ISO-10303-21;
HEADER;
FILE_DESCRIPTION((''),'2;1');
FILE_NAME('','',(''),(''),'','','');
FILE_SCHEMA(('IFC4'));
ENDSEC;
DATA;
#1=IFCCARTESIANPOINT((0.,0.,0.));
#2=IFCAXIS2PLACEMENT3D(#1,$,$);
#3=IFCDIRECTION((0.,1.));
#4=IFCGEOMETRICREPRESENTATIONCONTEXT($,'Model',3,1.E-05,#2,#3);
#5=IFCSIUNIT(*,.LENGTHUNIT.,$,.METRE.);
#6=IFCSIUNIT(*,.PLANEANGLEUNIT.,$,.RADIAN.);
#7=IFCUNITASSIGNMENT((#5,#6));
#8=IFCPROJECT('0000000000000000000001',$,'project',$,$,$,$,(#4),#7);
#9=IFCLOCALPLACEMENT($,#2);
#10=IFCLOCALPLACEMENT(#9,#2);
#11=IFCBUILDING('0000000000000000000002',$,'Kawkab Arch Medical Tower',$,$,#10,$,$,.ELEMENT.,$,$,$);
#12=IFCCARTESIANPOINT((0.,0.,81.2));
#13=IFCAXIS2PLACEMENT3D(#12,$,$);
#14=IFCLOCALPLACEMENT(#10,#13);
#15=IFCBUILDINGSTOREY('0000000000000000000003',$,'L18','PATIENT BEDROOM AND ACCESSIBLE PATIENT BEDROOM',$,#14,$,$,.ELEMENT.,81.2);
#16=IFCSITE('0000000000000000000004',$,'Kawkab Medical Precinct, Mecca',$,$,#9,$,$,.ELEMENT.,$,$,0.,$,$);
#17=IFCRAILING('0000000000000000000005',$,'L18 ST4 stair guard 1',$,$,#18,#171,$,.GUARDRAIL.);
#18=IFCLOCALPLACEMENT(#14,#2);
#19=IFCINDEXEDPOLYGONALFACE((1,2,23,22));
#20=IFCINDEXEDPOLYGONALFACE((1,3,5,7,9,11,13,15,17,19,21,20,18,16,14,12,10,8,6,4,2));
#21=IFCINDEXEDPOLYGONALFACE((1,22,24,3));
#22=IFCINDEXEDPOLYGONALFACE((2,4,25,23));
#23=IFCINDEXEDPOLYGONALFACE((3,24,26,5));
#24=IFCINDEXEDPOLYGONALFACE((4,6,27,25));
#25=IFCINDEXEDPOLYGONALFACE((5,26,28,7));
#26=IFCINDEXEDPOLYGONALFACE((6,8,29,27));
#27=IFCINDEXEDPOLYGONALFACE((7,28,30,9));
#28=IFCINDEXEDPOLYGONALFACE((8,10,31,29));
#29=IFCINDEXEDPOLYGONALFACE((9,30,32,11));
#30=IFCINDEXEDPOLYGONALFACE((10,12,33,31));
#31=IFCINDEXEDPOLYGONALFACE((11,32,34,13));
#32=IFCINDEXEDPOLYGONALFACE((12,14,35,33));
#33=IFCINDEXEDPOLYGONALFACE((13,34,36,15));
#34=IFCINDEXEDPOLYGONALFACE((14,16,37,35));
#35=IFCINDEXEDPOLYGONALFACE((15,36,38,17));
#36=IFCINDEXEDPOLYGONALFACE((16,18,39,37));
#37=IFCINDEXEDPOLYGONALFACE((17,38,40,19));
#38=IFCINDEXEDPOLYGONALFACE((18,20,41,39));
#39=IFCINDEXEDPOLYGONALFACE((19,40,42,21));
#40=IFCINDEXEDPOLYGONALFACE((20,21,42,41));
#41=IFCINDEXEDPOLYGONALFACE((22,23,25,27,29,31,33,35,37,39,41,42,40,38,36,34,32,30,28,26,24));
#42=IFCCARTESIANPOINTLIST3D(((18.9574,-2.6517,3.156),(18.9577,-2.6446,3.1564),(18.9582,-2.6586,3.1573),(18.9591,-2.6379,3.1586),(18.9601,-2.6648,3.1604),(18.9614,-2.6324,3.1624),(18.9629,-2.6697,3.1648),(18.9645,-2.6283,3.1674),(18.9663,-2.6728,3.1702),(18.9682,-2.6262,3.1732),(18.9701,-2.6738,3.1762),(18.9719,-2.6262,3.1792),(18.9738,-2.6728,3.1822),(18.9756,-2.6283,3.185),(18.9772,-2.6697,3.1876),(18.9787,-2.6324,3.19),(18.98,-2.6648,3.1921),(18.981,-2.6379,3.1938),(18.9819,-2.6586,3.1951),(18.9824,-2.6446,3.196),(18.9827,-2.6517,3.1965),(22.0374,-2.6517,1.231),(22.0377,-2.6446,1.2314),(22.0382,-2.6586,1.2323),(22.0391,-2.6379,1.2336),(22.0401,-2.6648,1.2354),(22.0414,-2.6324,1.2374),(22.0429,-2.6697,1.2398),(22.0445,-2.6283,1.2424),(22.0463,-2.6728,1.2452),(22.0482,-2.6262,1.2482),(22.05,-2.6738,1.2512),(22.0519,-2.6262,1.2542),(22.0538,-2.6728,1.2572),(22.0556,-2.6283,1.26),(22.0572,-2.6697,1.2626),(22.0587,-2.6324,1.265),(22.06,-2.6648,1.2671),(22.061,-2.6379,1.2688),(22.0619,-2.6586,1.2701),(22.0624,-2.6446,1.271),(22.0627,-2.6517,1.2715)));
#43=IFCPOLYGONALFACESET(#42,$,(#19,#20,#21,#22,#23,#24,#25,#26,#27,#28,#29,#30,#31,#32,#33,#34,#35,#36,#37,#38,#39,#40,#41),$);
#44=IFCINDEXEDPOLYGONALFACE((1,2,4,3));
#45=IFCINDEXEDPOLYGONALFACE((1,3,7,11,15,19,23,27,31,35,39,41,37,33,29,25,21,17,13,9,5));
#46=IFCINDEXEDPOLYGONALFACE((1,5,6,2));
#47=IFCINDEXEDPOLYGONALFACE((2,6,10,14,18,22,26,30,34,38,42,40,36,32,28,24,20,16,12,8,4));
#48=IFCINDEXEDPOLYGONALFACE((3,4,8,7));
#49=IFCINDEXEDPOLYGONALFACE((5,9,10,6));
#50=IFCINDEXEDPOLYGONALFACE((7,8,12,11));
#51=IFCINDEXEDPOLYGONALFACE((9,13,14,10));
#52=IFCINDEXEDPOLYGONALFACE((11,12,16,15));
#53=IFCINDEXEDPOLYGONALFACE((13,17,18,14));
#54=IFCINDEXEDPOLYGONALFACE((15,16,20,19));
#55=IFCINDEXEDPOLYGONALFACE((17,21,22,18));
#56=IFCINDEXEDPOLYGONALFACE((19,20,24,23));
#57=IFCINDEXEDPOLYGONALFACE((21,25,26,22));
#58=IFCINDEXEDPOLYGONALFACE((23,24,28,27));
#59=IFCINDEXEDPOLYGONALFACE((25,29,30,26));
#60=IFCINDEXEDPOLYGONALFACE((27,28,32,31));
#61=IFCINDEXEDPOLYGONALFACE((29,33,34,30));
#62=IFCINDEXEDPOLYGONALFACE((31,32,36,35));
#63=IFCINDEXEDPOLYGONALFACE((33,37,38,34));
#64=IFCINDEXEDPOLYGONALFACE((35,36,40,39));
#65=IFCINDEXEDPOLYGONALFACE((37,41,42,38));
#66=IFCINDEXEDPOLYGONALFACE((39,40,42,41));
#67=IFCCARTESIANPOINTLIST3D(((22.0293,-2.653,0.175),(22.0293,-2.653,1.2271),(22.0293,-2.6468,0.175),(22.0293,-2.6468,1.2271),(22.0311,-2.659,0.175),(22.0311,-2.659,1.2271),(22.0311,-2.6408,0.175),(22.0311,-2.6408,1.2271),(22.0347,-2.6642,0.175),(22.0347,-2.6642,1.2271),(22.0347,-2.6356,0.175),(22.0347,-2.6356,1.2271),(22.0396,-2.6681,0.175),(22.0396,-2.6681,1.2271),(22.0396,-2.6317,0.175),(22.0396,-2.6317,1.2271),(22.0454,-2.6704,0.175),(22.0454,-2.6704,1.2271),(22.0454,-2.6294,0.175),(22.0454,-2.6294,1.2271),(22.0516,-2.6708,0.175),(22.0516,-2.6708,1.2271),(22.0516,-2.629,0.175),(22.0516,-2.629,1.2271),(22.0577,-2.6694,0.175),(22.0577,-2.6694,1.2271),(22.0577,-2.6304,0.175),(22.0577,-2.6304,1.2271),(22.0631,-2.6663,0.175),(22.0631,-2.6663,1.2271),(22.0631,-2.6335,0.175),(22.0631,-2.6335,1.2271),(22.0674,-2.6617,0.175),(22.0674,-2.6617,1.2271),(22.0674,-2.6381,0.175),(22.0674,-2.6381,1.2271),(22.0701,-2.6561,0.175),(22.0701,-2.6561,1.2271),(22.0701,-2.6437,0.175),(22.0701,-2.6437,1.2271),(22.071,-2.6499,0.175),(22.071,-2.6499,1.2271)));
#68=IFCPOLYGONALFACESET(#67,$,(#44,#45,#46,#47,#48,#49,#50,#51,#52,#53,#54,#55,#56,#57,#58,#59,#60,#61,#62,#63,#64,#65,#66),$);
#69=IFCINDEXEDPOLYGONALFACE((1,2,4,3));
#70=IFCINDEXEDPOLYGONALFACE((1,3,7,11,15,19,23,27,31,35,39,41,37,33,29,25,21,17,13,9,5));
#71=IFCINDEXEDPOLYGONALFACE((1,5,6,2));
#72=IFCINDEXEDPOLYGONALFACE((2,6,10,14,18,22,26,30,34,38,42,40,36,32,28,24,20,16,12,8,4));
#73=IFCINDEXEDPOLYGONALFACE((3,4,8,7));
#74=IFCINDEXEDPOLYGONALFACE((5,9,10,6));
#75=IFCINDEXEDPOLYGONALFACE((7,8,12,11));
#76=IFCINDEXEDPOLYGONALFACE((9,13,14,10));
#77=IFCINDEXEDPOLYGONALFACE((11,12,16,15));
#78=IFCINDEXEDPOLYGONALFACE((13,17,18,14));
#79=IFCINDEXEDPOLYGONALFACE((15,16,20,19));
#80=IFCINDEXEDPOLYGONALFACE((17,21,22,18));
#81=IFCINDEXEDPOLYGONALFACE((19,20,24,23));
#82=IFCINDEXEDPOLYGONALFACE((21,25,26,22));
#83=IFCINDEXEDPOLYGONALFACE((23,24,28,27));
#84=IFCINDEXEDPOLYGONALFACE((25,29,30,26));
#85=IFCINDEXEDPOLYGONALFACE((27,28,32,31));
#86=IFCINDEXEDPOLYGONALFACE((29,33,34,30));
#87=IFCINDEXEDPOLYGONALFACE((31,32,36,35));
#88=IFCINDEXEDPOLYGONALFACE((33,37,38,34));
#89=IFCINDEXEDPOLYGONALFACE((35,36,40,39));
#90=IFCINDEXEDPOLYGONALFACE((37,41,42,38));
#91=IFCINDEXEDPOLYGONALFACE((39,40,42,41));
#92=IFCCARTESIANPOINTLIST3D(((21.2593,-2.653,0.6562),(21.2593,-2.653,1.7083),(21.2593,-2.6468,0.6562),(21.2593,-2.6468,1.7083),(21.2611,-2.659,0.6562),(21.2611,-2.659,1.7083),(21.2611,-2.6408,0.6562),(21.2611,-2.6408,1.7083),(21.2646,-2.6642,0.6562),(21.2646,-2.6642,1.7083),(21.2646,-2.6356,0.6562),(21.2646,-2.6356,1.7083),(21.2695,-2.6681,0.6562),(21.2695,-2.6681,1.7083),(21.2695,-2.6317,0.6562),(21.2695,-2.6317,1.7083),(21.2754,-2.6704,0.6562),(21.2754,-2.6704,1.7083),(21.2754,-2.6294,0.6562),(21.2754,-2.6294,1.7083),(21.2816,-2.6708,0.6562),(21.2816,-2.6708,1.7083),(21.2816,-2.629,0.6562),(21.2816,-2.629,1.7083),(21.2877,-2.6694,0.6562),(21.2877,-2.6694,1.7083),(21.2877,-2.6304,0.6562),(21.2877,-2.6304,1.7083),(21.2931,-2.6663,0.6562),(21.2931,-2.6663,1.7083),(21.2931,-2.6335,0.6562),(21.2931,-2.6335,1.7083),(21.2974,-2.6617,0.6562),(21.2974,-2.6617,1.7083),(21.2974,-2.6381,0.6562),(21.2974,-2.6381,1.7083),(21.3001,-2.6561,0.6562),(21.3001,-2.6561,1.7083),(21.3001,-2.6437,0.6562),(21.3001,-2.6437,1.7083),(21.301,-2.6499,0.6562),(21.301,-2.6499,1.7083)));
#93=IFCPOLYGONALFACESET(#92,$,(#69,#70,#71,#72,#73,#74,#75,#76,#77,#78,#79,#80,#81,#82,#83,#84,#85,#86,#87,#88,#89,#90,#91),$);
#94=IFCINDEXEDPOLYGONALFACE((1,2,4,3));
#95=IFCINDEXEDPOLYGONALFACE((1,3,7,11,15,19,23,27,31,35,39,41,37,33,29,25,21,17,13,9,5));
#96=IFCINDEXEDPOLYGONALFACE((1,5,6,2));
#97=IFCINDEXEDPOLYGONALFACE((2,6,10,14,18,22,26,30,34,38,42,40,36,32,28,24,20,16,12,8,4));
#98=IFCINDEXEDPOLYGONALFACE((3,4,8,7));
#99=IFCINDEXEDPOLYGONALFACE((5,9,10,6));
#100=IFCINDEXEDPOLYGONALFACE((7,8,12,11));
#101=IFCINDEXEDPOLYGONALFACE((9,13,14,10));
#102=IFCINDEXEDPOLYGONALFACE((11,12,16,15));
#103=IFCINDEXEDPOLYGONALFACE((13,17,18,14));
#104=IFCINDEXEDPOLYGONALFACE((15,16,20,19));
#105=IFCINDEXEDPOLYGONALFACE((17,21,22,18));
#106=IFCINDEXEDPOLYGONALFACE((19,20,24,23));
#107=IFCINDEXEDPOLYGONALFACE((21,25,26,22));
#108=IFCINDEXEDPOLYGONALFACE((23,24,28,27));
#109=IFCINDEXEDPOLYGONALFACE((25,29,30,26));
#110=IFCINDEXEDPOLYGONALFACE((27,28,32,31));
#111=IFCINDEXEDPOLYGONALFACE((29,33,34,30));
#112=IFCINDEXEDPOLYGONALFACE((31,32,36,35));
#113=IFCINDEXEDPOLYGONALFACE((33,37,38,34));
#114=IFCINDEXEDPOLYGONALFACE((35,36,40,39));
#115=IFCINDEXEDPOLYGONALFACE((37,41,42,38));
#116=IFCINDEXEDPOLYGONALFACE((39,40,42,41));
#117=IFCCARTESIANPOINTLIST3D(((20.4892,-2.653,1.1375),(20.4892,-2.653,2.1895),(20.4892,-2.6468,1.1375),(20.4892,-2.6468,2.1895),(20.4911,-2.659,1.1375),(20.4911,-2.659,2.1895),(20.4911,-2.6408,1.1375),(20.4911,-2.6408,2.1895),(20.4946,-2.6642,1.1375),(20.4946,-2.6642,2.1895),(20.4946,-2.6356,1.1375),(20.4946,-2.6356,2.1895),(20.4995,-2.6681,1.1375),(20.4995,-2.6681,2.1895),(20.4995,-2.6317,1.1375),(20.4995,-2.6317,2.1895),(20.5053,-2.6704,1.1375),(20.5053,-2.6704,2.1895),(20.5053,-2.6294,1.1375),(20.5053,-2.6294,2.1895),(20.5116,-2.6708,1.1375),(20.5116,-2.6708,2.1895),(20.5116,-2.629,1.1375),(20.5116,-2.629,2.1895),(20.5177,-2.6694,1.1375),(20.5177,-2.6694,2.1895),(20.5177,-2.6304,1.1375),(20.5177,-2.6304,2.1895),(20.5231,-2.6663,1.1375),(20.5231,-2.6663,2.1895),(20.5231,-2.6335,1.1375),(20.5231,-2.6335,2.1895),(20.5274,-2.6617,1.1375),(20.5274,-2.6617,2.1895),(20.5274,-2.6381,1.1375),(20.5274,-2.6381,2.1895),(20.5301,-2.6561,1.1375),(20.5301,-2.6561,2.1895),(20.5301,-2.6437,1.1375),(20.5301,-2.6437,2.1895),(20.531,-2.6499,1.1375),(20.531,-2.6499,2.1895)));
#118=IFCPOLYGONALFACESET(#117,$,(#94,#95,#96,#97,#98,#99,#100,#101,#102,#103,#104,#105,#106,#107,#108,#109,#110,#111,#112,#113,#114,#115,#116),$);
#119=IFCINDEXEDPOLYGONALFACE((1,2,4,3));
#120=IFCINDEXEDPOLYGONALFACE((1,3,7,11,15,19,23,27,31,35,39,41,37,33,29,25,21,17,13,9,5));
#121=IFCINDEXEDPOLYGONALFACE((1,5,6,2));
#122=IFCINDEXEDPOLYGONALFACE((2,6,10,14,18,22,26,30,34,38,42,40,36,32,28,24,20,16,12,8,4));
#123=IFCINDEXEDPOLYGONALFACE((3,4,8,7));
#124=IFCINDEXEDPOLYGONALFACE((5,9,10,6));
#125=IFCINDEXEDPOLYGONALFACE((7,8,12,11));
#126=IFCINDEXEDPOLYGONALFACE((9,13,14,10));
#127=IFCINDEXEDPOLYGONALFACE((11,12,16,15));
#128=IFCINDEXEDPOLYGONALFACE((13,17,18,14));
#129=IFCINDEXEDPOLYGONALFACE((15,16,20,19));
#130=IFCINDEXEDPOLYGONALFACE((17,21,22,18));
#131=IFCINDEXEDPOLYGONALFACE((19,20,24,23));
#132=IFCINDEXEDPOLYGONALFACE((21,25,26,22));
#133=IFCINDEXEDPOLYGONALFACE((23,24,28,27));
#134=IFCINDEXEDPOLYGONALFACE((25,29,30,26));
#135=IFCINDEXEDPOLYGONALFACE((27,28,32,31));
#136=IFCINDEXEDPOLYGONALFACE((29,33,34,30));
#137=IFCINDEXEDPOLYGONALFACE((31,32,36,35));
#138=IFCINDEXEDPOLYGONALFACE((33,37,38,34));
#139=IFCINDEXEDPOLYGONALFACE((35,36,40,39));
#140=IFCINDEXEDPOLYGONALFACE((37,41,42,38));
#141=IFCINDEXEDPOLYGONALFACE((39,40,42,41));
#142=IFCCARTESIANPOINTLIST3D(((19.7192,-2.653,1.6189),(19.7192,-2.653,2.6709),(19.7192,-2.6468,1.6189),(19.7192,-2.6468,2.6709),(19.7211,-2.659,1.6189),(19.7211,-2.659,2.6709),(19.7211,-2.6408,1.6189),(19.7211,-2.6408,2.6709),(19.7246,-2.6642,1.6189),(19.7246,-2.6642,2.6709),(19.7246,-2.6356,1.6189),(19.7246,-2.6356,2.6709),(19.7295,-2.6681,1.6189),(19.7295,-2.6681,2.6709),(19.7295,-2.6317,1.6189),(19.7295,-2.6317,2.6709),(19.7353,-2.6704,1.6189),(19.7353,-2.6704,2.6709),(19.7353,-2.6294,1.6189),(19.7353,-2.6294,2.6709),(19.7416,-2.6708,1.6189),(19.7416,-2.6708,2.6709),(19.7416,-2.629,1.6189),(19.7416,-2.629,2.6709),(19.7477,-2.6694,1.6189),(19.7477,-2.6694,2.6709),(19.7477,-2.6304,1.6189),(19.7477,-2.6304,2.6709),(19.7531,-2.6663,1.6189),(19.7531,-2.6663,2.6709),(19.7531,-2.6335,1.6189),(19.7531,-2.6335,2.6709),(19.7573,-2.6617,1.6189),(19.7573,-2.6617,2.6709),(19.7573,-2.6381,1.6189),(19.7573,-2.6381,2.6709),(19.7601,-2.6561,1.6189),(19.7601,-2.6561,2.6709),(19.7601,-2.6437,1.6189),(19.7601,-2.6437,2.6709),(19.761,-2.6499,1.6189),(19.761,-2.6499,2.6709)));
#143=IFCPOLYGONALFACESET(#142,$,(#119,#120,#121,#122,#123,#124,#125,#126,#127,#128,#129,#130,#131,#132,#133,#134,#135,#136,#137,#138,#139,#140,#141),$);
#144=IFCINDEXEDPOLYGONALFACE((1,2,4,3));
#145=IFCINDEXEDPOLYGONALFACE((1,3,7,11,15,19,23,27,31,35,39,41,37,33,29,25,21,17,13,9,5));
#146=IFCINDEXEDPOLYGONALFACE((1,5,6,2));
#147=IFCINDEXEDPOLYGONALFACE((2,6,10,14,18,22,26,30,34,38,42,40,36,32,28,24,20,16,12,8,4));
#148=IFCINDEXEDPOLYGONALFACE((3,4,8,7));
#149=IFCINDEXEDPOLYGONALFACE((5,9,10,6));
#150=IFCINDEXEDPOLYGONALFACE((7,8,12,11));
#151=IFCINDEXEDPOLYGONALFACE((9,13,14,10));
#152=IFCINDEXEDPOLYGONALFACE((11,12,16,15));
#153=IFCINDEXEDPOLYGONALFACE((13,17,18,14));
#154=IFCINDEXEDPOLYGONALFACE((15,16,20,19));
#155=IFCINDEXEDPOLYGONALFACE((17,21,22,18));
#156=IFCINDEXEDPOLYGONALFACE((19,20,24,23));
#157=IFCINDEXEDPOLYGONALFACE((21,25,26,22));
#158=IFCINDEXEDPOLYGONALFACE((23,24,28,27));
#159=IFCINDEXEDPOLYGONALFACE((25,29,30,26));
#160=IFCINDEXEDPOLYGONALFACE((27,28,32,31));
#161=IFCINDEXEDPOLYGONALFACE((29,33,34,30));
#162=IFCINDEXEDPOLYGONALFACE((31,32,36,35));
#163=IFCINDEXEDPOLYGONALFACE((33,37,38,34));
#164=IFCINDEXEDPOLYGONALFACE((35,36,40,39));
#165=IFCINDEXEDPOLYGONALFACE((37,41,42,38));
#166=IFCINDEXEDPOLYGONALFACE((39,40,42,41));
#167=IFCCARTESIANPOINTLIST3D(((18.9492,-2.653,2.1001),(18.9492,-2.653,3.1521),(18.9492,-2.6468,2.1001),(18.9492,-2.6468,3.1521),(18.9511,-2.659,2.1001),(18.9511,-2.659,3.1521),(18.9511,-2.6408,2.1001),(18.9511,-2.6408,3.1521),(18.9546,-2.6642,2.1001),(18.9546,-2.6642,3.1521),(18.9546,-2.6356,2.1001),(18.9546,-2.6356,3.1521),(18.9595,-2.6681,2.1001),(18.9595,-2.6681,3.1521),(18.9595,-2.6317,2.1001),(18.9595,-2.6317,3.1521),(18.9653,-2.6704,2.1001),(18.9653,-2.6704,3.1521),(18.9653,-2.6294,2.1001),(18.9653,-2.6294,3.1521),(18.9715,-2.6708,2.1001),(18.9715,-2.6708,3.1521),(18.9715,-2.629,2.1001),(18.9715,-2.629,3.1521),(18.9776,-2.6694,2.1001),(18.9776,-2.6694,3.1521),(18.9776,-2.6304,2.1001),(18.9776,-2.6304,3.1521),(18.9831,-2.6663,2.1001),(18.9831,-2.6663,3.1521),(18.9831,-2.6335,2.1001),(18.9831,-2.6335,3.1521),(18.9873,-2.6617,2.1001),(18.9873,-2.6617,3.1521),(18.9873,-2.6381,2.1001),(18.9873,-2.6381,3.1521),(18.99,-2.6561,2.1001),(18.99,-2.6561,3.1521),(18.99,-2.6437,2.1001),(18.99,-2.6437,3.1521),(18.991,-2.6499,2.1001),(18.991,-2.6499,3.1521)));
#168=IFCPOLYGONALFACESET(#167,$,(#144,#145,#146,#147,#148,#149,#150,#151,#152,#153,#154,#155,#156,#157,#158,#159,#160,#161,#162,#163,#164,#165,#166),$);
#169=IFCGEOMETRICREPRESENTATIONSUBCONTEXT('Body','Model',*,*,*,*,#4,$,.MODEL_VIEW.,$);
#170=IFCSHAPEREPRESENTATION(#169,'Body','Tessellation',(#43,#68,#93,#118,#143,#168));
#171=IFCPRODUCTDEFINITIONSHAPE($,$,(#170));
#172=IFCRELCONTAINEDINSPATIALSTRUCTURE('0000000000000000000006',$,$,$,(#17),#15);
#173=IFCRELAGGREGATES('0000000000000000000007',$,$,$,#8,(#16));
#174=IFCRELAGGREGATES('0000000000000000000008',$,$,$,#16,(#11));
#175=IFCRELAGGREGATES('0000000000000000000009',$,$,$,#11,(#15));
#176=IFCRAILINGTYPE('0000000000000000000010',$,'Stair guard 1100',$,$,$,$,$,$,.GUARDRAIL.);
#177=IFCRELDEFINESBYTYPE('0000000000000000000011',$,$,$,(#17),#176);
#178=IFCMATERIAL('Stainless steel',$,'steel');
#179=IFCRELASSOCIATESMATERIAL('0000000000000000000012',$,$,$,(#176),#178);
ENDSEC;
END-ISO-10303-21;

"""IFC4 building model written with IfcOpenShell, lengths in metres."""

from ifc_helpers import new_model, si_unit, direction, frame, origin, origin_2d, place, context, subcontext, project, spatial, circle, extrude, material, type_object, element, save


model = new_model("IFC4")

# Units and contexts
model_context = context("Model", 3, precision=1e-05, world=origin(), true_north=direction((0.0, 1.0)))
body_context = subcontext(model_context, "Body", "Model", "MODEL_VIEW")
ifc_project = project(units=[si_unit("LENGTHUNIT", "METRE"), si_unit("PLANEANGLEUNIT", "RADIAN")], contexts=[model_context])

# Site, building, storey
site_placement = place(None, origin())
site = spatial("IfcSite", under=ifc_project, at=site_placement, Name="Kawkab Medical Precinct, Mecca", CompositionType="ELEMENT", RefElevation=0.0)
building_placement = place(site_placement, origin())
building = spatial("IfcBuilding", under=site, at=building_placement, Name="Kawkab Arch Medical Tower", CompositionType="ELEMENT")
storey_placement = place(building_placement, frame((0.0, 0.0, 81.2)))
storey = spatial("IfcBuildingStorey", under=building, at=storey_placement, Name="L18", Description="PATIENT BEDROOM AND ACCESSIBLE PATIENT BEDROOM", CompositionType="ELEMENT", Elevation=81.2)

# Railing
ifc_material_1 = material(Name="Stainless steel", Category="steel")
railing_type_1 = type_object("IfcRailingType", Name="Stair guard 1100", PredefinedType="GUARDRAIL", material=ifc_material_1)
railing_1_placement = place(storey_placement, frame((22.05, -2.6499, 0.175)))
element("IfcRailing", 1, at=railing_1_placement, inside=storey, type_object=railing_type_1, Name="L18 ST4 stair guard 1", PredefinedType="GUARDRAIL", context=body_context, shape_type="SweptSolid", body=[
    extrude(circle(Radius=0.0239, at=origin_2d()), frame((0.0, 0.0, 1.0762), z_axis=(-0.847998, 0.0, 0.529999), x_axis=(0.0, -1.0, 0.0)), (0.0, 0.0, 1.0), 3.6321),
    extrude(circle(Radius=0.021, at=origin_2d()), origin(), (0.0, 0.0, 1.0), 1.052),
    extrude(circle(Radius=0.021, at=origin_2d()), frame((-0.77, 0.0, 0.4812)), (0.0, 0.0, 1.0), 1.052),
    extrude(circle(Radius=0.021, at=origin_2d()), frame((-1.54, 0.0, 0.9624)), (0.0, 0.0, 1.0), 1.052),
    extrude(circle(Radius=0.021, at=origin_2d()), frame((-2.3101, 0.0, 1.4438)), (0.0, 0.0, 1.0), 1.052),
    extrude(circle(Radius=0.021, at=origin_2d()), frame((-3.0801, 0.0, 1.925)), (0.0, 0.0, 1.0), 1.052),
])

save(model, "model.ifc")
